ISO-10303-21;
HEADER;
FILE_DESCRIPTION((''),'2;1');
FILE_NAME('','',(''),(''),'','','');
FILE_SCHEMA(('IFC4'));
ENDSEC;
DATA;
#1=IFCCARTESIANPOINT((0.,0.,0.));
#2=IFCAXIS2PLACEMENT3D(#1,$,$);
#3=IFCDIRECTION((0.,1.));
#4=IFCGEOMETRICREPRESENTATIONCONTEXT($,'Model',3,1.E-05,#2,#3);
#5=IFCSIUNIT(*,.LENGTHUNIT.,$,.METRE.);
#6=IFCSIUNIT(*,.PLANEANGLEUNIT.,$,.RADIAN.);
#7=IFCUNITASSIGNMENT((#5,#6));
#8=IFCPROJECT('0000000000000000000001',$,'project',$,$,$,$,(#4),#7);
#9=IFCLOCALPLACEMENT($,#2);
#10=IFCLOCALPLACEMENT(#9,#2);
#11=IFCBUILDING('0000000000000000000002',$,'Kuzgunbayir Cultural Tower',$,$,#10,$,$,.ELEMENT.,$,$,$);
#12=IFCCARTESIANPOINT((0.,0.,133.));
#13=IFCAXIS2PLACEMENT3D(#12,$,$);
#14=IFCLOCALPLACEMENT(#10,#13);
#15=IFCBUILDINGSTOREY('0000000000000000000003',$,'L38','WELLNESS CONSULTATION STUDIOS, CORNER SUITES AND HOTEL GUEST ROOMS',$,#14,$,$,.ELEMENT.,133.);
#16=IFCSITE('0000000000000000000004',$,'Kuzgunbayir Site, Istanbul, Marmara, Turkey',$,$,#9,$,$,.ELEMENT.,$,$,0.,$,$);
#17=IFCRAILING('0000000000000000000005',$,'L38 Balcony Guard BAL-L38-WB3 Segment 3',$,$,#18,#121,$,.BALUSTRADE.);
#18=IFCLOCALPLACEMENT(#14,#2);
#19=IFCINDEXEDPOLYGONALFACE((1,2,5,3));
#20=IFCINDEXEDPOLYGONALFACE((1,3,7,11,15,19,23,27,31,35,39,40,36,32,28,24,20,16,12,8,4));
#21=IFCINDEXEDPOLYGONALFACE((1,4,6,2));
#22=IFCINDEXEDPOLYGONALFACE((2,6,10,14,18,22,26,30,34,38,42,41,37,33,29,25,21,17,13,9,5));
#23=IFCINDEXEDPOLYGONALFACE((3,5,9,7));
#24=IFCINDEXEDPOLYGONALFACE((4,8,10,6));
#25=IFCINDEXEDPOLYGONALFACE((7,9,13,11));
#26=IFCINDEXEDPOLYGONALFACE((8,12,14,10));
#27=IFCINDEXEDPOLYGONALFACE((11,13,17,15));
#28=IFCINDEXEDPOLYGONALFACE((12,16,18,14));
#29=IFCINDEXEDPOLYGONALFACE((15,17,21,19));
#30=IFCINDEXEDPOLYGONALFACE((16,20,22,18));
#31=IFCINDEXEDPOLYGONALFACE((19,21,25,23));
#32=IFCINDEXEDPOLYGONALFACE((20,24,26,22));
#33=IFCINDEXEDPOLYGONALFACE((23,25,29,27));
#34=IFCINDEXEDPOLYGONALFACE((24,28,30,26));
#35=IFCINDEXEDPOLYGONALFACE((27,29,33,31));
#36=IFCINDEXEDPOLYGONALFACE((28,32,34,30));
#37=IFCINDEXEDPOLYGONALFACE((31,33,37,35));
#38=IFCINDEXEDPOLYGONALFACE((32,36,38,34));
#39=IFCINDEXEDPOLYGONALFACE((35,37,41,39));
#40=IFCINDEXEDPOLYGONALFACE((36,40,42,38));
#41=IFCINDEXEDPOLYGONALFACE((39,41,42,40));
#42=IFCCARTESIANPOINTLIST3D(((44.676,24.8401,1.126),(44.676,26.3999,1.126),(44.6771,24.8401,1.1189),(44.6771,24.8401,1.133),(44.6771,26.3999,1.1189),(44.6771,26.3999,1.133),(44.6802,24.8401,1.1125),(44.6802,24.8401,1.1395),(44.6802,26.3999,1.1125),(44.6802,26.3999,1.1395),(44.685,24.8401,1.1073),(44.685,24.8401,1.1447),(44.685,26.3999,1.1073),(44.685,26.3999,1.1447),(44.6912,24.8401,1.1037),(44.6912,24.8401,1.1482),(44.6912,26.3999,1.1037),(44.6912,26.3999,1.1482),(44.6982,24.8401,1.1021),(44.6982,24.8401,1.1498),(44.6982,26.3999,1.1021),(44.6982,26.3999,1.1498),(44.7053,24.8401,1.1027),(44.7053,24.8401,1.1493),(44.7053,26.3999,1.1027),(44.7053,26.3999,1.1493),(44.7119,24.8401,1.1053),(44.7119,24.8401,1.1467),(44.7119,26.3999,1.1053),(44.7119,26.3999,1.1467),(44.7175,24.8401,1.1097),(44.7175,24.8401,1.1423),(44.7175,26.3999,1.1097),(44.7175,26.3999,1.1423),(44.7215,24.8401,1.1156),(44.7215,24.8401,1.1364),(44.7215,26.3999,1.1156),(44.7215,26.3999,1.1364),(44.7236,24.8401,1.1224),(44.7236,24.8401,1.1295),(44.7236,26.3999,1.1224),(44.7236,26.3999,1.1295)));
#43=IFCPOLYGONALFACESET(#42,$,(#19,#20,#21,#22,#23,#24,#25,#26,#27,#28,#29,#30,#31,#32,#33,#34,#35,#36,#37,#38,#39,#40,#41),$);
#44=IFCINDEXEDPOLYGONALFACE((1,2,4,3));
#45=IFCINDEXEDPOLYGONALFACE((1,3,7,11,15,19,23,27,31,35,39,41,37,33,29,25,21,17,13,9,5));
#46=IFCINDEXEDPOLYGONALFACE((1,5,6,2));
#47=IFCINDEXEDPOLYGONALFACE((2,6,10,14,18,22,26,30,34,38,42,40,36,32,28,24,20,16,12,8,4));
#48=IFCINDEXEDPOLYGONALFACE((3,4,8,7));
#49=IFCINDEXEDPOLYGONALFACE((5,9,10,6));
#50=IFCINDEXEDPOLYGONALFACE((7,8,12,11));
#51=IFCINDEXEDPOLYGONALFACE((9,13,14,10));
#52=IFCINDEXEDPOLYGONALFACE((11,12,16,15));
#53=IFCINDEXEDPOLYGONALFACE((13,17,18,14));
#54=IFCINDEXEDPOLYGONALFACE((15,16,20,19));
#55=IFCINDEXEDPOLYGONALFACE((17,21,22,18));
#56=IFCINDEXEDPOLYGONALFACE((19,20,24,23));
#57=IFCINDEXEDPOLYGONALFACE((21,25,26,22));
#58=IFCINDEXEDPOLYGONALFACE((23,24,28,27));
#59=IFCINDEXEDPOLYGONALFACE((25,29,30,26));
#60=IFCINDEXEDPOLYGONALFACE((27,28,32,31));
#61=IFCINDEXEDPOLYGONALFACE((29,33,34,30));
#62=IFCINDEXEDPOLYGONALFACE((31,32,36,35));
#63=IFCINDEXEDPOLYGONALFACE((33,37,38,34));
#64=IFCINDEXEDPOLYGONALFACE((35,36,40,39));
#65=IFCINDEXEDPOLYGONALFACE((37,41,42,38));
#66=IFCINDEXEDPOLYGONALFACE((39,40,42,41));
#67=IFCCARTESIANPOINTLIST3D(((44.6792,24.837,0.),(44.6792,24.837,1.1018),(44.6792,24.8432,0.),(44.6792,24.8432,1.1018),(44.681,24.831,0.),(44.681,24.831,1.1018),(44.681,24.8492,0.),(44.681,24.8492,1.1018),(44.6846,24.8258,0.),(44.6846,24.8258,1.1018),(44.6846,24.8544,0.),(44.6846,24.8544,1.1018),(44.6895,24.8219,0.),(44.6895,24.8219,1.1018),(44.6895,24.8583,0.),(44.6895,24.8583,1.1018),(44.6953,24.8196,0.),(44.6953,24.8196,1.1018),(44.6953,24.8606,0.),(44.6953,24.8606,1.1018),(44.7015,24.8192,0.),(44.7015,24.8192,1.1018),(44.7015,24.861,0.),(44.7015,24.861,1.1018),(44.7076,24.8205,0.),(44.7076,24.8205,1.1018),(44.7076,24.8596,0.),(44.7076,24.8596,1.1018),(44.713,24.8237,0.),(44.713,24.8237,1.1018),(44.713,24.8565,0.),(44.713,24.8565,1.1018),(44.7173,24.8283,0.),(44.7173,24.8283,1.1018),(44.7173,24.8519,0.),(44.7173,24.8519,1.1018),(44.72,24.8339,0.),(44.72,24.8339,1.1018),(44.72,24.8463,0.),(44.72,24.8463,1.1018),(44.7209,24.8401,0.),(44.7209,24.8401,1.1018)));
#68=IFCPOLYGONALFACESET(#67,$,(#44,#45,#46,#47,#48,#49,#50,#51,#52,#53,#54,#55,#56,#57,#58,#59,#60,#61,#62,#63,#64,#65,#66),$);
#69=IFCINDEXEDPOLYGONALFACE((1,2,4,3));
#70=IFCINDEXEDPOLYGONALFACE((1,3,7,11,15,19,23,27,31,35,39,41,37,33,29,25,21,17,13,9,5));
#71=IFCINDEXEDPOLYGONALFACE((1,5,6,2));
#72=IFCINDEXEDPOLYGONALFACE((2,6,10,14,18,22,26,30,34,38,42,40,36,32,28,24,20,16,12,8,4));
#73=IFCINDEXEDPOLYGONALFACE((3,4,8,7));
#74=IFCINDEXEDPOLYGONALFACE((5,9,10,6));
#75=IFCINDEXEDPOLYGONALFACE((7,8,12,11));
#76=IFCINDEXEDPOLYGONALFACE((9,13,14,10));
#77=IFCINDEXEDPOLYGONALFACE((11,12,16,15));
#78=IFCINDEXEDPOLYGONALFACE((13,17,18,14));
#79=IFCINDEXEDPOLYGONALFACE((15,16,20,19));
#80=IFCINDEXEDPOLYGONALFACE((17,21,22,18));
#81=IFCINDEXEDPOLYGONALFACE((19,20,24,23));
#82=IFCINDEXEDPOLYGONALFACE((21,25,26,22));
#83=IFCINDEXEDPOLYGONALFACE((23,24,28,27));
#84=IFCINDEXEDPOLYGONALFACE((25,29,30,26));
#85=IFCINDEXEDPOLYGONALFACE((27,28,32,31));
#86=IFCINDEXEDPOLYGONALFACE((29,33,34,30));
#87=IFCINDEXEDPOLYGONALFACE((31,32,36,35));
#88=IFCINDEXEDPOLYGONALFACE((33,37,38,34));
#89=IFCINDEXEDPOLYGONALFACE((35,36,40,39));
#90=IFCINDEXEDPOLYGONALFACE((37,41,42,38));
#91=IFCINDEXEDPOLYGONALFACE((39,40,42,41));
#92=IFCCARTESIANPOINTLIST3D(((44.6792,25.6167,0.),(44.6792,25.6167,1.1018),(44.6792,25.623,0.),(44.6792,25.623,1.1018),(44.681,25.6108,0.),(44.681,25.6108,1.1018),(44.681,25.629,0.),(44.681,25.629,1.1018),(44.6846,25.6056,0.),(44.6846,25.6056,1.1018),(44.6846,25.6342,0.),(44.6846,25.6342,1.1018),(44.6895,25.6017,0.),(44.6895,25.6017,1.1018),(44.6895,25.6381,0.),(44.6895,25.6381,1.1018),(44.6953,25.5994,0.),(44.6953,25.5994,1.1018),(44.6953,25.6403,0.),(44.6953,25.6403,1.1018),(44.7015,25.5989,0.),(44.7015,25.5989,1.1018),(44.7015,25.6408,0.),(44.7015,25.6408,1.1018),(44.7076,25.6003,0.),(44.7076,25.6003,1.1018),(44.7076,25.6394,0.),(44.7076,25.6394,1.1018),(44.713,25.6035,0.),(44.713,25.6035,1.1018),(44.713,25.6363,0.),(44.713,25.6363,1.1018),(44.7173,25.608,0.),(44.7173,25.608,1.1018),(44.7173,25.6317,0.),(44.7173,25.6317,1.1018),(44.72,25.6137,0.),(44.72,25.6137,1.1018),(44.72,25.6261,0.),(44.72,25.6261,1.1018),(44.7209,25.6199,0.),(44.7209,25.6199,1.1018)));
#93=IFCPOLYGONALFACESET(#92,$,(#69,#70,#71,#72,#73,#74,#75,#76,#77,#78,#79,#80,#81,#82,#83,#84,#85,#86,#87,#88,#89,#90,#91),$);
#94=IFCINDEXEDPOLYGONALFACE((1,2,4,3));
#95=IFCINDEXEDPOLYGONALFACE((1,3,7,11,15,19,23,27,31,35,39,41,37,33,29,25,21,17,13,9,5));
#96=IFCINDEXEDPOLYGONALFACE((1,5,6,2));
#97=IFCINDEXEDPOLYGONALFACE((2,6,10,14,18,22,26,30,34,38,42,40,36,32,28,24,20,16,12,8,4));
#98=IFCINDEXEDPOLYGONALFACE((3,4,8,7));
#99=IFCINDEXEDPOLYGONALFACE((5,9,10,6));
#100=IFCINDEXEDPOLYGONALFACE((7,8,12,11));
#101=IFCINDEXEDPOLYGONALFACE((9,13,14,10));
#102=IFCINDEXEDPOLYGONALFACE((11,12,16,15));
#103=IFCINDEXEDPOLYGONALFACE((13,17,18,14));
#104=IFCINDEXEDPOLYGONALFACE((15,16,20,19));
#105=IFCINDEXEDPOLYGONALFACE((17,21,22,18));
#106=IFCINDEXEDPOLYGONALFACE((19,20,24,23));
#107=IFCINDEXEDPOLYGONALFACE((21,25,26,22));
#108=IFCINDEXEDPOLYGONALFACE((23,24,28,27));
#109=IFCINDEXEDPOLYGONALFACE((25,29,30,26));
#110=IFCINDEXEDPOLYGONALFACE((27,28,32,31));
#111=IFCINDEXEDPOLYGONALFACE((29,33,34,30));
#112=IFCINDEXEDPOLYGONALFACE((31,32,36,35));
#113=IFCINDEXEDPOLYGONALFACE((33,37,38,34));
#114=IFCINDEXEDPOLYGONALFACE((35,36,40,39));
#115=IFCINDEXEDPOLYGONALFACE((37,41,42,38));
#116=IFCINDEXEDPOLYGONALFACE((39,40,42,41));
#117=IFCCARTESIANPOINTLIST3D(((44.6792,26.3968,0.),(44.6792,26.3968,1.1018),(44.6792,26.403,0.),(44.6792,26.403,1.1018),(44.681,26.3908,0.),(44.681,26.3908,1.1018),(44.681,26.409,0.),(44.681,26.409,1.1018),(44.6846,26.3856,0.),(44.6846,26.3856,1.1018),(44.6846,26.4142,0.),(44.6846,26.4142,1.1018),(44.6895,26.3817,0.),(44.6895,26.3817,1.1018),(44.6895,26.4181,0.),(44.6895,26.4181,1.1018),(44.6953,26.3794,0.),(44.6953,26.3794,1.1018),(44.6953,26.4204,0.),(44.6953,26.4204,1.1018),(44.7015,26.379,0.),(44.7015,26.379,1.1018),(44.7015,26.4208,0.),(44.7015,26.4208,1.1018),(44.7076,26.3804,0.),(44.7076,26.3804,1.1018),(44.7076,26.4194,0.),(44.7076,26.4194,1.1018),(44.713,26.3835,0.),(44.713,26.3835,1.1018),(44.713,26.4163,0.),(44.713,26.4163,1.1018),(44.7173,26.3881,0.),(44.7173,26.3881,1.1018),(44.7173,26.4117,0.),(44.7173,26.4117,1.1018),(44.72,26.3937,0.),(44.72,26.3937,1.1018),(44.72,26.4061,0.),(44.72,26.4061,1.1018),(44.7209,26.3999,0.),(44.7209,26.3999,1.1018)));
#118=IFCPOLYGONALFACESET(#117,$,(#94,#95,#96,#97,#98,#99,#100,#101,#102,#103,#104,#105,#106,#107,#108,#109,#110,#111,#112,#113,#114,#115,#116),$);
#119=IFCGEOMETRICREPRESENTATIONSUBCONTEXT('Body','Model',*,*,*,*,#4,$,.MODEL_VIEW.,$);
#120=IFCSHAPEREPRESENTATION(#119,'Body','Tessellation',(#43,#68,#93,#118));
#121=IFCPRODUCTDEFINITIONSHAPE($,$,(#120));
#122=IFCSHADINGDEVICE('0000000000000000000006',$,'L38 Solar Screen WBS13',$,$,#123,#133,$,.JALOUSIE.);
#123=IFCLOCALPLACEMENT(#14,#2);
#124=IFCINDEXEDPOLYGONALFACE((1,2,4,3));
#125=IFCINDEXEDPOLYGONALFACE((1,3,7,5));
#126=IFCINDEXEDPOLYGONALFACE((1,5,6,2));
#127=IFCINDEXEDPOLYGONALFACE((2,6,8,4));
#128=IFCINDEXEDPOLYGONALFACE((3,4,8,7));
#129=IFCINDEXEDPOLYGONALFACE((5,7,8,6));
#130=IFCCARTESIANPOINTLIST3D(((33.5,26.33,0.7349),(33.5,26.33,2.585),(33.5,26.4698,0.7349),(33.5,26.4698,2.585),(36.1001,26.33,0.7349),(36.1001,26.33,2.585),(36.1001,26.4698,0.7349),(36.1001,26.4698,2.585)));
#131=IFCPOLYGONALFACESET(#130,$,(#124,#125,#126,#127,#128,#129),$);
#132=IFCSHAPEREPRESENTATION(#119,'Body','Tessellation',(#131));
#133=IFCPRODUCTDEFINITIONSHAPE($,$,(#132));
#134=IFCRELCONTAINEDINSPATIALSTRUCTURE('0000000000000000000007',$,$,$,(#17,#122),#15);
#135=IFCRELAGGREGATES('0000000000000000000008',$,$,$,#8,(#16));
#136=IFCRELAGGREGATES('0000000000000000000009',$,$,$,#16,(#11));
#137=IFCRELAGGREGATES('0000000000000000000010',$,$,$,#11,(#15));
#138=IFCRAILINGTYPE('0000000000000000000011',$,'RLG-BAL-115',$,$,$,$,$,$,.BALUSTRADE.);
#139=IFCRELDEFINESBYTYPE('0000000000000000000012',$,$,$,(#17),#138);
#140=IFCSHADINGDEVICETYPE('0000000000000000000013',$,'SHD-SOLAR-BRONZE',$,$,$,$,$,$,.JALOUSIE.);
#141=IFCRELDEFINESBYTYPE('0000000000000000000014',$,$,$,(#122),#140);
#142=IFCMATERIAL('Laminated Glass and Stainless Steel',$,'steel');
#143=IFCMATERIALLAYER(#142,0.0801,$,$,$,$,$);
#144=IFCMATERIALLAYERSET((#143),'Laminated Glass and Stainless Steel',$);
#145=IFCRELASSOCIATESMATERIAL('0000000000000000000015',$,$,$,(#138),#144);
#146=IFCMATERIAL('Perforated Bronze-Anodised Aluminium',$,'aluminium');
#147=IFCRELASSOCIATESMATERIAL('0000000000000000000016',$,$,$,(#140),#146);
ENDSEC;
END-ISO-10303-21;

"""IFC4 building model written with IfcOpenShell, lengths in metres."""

from ifc_helpers import new_model, si_unit, direction, frame, origin, origin_2d, place, context, subcontext, project, spatial, rectangle, circle, extrude, material, layer, layer_set, type_object, element, save


model = new_model("IFC4")

# Units and contexts
model_context = context("Model", 3, precision=1e-05, world=origin(), true_north=direction((0.0, 1.0)))
body_context = subcontext(model_context, "Body", "Model", "MODEL_VIEW")
ifc_project = project(units=[si_unit("LENGTHUNIT", "METRE"), si_unit("PLANEANGLEUNIT", "RADIAN")], contexts=[model_context])

# Site, building, storey
site_placement = place(None, origin())
site = spatial("IfcSite", under=ifc_project, at=site_placement, Name="Kuzgunbayir Site, Istanbul, Marmara, Turkey", CompositionType="ELEMENT", RefElevation=0.0)
building_placement = place(site_placement, origin())
building = spatial("IfcBuilding", under=site, at=building_placement, Name="Kuzgunbayir Cultural Tower", CompositionType="ELEMENT")
storey_placement = place(building_placement, frame((0.0, 0.0, 133.0)))
storey = spatial("IfcBuildingStorey", under=building, at=storey_placement, Name="L38", Description="WELLNESS CONSULTATION STUDIOS, CORNER SUITES AND HOTEL GUEST ROOMS", CompositionType="ELEMENT", Elevation=133.0)

# Railing
ifc_material_1 = material(Name="Laminated Glass and Stainless Steel", Category="steel")
ifc_layer_1 = layer(ifc_material_1, 0.0801)
ifc_layer_set_1 = layer_set([ifc_layer_1], Name="Laminated Glass and Stainless Steel")
railing_type = type_object("IfcRailingType", Name="RLG-BAL-115", PredefinedType="BALUSTRADE", material=ifc_layer_set_1)
railing_1_placement = place(storey_placement, frame((44.7, 24.8401, 0.0)))
element("IfcRailing", 1, at=railing_1_placement, inside=storey, type_object=railing_type, Name="L38 Balcony Guard BAL-L38-WB3 Segment 3", PredefinedType="BALUSTRADE", context=body_context, shape_type="SweptSolid", body=[
    extrude(circle(Radius=0.0239, at=origin_2d()), frame((0.0, 0.0, 1.126), z_axis=(0.0, 1.0, 0.0), x_axis=(-1.0, 0.0, 0.0)), (0.0, 0.0, 1.0), 1.5598),
    extrude(circle(Radius=0.021, at=origin_2d()), origin(), (0.0, 0.0, 1.0), 1.1018),
    extrude(circle(Radius=0.021, at=origin_2d()), frame((0.0, 0.7798, 0.0)), (0.0, 0.0, 1.0), 1.1018),
    extrude(circle(Radius=0.021, at=origin_2d()), frame((0.0, 1.5598, 0.0)), (0.0, 0.0, 1.0), 1.1018),
])

# Shading device
ifc_material_2 = material(Name="Perforated Bronze-Anodised Aluminium", Category="aluminium")
shading_device_type = type_object("IfcShadingDeviceType", Name="SHD-SOLAR-BRONZE", PredefinedType="JALOUSIE", material=ifc_material_2)
shading_device_placement = place(storey_placement, frame((34.8, 26.3999, 0.7349), z_axis=(0.0, 0.0, 1.0), x_axis=(1.0, 0.0, 0.0)))
element("IfcShadingDevice", 2, at=shading_device_placement, inside=storey, type_object=shading_device_type, Name="L38 Solar Screen WBS13", PredefinedType="JALOUSIE", context=body_context, shape_type="SweptSolid", body=[
    extrude(rectangle(XDim=2.6001, YDim=0.1399, at=origin_2d()), origin(), (0.0, 0.0, 1.0), 1.8501),
])

save(model, "model.ifc")
